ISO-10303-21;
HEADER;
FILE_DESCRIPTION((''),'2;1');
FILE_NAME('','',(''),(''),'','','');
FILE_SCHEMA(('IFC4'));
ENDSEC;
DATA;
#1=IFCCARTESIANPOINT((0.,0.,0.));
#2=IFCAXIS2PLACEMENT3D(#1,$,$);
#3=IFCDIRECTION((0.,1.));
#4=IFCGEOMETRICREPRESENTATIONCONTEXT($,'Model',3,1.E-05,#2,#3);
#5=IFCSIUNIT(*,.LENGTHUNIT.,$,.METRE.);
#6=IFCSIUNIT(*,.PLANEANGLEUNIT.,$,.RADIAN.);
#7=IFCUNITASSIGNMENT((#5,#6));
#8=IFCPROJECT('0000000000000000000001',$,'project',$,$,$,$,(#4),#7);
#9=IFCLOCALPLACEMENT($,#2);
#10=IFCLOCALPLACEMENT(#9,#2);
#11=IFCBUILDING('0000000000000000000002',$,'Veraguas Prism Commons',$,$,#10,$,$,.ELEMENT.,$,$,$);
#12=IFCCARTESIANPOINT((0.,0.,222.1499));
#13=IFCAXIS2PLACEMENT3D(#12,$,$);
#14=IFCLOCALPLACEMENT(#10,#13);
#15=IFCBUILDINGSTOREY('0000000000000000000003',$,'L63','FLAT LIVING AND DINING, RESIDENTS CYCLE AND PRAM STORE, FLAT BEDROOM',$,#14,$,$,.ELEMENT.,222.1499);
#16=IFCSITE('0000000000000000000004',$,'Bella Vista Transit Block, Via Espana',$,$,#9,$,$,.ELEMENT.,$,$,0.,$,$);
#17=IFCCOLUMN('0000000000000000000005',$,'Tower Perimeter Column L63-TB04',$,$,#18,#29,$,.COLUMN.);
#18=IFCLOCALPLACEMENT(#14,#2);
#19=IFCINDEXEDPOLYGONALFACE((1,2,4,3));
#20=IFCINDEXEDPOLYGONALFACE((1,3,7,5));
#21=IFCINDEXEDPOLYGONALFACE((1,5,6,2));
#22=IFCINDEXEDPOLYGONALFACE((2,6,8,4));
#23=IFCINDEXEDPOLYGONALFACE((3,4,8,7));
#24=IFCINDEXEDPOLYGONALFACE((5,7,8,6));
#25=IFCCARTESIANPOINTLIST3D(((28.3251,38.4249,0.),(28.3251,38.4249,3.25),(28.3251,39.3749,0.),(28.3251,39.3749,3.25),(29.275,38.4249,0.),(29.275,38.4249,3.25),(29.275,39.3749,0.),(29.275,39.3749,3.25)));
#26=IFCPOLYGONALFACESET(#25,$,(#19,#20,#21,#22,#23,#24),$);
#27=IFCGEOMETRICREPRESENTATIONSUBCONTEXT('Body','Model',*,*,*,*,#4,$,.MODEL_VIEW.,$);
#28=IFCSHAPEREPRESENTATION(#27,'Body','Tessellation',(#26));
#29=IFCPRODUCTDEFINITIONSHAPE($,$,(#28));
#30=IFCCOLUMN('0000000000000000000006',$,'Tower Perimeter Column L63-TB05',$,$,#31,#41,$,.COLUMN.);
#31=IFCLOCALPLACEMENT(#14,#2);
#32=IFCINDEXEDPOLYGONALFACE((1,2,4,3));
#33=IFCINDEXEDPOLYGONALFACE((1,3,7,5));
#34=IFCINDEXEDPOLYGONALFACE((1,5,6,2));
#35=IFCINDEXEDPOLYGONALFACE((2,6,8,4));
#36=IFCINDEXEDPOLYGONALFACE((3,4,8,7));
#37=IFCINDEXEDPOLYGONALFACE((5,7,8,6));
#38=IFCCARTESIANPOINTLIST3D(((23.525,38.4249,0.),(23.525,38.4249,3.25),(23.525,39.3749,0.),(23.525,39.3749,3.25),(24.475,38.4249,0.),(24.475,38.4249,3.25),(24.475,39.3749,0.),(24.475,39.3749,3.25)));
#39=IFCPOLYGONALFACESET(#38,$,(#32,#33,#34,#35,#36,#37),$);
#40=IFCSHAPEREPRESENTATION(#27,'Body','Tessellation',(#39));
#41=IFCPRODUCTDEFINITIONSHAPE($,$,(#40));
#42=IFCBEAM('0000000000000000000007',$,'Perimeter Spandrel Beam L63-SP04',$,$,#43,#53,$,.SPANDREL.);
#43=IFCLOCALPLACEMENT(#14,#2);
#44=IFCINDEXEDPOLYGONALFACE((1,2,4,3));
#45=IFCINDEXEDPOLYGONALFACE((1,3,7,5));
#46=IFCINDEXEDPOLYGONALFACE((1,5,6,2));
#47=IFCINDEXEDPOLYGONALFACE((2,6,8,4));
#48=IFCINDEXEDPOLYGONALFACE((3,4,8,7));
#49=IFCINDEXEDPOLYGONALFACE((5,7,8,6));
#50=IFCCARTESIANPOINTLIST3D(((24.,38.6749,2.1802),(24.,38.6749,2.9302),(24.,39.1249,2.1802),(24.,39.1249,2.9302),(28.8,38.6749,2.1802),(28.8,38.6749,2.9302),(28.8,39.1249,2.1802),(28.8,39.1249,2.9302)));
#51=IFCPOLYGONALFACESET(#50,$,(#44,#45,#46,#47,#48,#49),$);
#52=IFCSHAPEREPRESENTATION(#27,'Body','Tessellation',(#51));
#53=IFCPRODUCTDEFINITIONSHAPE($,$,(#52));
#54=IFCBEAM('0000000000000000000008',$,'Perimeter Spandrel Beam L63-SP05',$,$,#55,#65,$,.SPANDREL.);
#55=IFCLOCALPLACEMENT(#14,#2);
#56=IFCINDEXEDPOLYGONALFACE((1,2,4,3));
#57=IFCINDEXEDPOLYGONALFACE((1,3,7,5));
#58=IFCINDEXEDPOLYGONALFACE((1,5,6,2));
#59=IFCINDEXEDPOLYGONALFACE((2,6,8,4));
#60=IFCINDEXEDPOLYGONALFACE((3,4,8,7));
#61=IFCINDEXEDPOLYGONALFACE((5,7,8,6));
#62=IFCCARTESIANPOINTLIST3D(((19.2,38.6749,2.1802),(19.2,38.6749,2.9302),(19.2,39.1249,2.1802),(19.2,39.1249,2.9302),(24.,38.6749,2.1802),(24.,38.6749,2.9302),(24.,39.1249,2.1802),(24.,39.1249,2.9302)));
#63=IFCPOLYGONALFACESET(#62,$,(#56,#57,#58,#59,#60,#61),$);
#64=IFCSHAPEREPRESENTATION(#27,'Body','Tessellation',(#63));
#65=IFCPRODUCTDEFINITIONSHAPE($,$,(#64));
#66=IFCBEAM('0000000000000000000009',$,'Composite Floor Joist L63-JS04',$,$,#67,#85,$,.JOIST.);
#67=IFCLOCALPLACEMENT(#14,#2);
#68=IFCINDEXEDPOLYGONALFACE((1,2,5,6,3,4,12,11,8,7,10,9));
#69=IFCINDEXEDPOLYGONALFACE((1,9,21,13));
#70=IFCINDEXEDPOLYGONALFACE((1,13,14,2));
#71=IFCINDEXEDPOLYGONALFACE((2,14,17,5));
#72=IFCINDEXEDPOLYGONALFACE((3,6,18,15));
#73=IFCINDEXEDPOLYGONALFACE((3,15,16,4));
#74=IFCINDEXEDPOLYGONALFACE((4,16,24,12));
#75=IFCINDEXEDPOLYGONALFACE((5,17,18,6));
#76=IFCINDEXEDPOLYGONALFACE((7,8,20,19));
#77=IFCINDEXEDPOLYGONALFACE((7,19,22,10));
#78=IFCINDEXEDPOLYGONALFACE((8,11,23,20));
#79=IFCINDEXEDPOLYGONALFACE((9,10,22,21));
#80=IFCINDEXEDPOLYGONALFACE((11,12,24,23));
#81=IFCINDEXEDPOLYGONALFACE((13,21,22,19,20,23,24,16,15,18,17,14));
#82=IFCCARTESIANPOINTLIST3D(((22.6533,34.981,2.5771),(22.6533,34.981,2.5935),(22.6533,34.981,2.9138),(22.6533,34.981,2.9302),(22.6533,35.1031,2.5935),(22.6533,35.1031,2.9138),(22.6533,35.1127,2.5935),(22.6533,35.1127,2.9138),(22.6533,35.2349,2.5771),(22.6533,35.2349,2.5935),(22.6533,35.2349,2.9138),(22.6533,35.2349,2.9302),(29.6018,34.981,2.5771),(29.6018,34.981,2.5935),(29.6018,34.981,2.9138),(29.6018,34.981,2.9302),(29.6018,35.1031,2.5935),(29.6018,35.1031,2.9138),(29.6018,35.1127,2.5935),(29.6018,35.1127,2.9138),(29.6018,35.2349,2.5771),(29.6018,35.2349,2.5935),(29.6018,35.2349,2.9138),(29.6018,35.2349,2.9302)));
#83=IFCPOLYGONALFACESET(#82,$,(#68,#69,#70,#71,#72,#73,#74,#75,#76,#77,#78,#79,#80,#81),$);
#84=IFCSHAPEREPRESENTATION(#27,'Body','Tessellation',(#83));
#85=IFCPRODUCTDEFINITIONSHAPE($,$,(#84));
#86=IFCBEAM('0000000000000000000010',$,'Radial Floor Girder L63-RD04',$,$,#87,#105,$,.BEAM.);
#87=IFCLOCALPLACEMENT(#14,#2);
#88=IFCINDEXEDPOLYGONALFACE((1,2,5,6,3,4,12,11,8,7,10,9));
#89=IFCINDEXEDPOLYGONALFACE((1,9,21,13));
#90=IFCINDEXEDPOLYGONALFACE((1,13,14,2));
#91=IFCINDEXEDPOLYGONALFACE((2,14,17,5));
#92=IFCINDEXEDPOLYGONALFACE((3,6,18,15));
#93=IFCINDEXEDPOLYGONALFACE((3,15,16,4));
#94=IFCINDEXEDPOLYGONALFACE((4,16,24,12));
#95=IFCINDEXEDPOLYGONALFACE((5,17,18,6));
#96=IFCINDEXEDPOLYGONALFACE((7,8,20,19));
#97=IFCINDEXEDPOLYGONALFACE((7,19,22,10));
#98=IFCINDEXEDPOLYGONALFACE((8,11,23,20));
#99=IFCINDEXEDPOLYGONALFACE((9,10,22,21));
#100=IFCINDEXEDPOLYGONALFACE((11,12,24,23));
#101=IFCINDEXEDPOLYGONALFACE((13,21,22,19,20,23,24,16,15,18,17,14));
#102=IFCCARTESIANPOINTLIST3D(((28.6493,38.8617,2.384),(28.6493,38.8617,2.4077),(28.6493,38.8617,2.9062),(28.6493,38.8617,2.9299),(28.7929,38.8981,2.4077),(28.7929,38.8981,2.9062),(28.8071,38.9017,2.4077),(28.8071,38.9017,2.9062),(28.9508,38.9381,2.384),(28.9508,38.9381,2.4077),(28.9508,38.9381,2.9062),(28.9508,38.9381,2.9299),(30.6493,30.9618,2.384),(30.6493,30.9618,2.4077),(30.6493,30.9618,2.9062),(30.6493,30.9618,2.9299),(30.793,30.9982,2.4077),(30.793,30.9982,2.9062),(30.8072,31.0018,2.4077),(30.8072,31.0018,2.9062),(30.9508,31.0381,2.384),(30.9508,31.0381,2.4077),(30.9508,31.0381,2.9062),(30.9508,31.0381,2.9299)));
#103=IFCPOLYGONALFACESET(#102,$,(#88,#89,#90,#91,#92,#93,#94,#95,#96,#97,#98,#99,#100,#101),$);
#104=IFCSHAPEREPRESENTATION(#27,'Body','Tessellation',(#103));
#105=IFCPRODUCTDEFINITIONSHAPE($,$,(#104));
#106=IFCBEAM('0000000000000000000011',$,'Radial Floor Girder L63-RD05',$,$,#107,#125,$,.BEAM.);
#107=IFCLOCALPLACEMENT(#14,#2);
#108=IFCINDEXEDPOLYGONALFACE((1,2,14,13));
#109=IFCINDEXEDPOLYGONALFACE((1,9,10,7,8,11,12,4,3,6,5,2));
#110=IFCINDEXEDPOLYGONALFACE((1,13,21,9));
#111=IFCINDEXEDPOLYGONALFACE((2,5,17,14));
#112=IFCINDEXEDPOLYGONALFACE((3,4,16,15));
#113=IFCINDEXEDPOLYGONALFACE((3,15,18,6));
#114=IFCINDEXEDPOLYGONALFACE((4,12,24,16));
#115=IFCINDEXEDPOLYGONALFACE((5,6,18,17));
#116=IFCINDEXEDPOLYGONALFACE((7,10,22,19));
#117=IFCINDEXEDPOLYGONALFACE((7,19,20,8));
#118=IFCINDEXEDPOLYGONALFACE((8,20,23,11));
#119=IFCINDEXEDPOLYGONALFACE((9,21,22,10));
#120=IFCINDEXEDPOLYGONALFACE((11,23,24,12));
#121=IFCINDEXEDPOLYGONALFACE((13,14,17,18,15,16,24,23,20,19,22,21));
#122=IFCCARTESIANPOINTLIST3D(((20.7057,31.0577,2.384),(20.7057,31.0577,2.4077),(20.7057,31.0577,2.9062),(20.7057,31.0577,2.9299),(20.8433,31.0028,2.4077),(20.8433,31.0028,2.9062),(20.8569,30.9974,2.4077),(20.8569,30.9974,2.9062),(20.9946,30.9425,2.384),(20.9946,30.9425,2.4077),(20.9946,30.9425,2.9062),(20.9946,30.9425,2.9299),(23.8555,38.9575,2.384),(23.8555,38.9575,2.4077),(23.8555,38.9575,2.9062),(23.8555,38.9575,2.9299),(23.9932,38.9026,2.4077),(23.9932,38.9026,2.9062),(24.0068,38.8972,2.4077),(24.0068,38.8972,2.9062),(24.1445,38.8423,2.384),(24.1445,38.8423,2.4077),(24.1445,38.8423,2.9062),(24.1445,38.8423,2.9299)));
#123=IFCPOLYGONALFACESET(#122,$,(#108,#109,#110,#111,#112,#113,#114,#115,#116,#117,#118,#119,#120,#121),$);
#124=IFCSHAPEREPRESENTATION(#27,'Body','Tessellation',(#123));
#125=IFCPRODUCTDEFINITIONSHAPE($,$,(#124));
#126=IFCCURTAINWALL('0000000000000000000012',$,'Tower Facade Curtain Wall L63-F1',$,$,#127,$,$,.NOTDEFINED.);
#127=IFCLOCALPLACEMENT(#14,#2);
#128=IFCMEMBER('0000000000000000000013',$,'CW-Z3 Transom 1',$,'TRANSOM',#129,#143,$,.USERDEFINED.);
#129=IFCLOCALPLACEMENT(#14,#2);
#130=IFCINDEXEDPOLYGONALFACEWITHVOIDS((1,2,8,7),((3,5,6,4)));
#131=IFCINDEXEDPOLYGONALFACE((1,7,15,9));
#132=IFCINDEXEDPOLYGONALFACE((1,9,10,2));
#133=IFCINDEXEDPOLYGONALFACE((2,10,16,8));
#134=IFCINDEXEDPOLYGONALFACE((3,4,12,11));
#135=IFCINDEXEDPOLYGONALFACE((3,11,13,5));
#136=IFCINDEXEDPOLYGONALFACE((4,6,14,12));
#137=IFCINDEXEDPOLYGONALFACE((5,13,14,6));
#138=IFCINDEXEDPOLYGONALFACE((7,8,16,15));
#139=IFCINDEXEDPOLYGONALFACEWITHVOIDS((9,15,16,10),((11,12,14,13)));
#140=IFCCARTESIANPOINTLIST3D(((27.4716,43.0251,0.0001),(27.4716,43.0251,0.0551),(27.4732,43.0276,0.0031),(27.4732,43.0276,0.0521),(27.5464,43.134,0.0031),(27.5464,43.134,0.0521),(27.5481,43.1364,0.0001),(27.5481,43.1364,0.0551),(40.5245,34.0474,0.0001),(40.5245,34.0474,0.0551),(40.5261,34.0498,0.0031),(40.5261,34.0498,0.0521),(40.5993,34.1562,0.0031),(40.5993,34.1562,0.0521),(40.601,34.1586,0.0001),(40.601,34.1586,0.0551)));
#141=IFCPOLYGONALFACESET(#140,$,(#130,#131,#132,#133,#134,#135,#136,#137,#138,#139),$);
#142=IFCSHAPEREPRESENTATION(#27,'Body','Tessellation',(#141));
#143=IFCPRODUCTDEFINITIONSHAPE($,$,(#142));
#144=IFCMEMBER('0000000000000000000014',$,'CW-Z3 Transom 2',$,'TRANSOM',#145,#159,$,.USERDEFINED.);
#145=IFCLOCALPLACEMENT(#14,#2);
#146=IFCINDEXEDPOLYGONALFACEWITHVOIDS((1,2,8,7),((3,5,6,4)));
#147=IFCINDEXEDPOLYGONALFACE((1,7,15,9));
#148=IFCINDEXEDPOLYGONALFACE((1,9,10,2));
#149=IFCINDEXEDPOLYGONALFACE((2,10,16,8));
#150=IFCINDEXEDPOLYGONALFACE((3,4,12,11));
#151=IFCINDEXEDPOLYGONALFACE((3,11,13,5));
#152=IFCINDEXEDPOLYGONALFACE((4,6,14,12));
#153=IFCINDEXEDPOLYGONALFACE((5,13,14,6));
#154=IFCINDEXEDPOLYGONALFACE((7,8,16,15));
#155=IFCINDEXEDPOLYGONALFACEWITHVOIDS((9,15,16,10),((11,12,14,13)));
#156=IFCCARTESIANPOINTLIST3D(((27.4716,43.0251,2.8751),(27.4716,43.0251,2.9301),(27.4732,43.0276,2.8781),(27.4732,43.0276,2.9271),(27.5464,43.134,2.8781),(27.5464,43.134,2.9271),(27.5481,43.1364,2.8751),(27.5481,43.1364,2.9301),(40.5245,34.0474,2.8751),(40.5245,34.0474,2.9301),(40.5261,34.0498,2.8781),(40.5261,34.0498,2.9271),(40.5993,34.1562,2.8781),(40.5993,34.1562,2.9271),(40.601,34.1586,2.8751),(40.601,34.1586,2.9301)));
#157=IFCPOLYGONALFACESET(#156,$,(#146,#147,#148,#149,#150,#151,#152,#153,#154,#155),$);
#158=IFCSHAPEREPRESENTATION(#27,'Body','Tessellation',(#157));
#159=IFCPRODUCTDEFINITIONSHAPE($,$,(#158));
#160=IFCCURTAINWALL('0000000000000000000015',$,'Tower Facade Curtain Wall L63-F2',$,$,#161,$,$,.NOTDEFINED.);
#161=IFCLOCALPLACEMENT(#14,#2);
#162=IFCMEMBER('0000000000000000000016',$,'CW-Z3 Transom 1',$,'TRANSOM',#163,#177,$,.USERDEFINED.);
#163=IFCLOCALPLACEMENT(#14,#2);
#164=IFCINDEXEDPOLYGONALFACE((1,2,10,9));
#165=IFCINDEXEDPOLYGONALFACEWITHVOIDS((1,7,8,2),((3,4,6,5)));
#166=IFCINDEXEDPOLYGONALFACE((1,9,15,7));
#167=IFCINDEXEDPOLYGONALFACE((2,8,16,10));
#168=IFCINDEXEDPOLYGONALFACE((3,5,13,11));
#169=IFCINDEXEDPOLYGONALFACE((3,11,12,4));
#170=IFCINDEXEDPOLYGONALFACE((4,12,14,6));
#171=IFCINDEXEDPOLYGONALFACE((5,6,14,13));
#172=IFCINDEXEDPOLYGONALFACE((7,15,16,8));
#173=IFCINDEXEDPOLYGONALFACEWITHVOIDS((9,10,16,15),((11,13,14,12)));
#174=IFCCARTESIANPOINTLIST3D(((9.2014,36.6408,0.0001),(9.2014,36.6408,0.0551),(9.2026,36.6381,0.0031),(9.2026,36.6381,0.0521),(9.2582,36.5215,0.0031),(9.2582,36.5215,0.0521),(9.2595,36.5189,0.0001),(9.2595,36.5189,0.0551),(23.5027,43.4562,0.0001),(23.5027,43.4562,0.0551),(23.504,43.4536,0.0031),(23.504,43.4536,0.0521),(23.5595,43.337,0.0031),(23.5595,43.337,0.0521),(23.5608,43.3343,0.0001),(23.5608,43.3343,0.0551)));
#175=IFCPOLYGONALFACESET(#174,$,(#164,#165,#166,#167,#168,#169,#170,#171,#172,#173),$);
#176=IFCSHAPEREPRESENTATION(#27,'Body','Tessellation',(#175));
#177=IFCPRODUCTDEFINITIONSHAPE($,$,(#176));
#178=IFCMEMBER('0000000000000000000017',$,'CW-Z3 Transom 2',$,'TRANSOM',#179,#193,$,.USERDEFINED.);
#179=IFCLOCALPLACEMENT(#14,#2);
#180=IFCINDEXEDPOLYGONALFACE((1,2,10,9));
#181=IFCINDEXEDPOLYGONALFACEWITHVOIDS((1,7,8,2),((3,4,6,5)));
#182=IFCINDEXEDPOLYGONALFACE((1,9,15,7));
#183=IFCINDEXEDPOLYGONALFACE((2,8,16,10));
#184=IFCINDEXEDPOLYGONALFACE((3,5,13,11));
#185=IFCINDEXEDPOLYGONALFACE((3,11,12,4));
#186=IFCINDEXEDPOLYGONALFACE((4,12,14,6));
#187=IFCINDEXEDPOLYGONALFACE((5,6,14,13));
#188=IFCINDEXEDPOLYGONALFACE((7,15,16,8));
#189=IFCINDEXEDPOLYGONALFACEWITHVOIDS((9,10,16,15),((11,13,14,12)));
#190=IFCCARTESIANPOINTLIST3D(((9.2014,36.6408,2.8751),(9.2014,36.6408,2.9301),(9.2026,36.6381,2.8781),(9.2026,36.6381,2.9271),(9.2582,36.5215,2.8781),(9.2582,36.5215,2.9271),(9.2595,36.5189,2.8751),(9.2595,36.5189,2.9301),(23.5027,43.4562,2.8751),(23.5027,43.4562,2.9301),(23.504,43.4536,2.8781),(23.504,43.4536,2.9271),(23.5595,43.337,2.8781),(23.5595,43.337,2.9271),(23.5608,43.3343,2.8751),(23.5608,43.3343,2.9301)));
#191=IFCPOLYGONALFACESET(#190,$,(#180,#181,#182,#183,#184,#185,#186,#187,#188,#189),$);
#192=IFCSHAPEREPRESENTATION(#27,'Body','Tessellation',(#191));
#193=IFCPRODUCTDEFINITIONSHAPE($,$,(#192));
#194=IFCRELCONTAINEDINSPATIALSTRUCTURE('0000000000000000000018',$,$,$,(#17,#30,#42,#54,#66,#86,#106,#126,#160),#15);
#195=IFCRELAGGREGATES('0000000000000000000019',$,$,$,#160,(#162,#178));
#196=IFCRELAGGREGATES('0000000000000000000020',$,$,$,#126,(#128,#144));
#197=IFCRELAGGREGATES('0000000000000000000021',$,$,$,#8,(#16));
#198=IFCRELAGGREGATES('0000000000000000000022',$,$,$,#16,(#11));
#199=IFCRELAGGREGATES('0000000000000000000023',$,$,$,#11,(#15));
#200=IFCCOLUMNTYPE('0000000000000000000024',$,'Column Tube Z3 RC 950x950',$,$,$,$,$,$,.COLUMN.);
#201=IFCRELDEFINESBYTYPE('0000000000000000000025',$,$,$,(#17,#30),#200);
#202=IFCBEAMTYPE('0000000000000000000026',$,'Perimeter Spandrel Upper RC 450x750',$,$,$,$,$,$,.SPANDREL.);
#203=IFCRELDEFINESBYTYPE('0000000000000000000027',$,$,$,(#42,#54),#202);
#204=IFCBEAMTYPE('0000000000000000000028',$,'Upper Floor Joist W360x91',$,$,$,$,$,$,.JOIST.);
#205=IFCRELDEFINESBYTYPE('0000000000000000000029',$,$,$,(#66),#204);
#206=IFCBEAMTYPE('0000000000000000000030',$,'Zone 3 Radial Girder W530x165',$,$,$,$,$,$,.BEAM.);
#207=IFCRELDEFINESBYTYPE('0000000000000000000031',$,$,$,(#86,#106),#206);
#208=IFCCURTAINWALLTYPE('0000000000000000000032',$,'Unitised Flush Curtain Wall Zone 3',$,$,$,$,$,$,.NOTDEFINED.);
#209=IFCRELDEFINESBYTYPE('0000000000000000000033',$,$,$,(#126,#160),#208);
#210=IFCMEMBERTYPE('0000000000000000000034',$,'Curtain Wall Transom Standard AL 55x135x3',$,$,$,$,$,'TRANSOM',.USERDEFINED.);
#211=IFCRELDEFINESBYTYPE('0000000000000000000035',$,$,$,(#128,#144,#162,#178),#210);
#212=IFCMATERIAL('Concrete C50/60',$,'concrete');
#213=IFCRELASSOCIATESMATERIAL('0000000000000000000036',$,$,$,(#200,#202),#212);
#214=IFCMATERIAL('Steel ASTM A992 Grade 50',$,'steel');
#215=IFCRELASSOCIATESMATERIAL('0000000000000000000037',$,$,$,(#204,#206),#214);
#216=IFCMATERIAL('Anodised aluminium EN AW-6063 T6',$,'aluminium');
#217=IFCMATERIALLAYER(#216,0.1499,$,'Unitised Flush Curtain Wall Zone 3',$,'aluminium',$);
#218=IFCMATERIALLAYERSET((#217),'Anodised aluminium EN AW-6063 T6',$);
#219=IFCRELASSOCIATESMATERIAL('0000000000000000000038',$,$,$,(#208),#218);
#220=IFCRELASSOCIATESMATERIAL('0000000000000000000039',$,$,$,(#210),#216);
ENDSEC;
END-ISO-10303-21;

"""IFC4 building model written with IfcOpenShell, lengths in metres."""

from ifc_helpers import new_model, si_unit, direction, frame, origin, origin_2d, place, context, subcontext, project, spatial, rectangle, hollow_rectangle, i_section, extrude, source, transform, mapped, material, layer, layer_set, material_profile, profile_set, type_object, element, aggregate, save


model = new_model("IFC4")

# Units and contexts
model_context = context("Model", 3, precision=1e-05, world=origin(), true_north=direction((0.0, 1.0)))
body_context = subcontext(model_context, "Body", "Model", "MODEL_VIEW")
ifc_project = project(units=[si_unit("LENGTHUNIT", "METRE"), si_unit("PLANEANGLEUNIT", "RADIAN")], contexts=[model_context])

# Site, building, storey
site_placement = place(None, origin())
site = spatial("IfcSite", under=ifc_project, at=site_placement, Name="Bella Vista Transit Block, Via Espana", CompositionType="ELEMENT", RefElevation=0.0)
building_placement = place(site_placement, origin())
building = spatial("IfcBuilding", under=site, at=building_placement, Name="Veraguas Prism Commons", CompositionType="ELEMENT")
storey_placement = place(building_placement, frame((0.0, 0.0, 222.1499)))
storey = spatial("IfcBuildingStorey", under=building, at=storey_placement, Name="L63", Description="FLAT LIVING AND DINING, RESIDENTS CYCLE AND PRAM STORE, FLAT BEDROOM", CompositionType="ELEMENT", Elevation=222.1499)

# Columns
ifc_material_1 = material(Name="Concrete C50/60", Category="concrete")
ifc_material_profile_1 = material_profile(ifc_material_1, rectangle(XDim=0.95, YDim=0.95, at=origin_2d()), Name="RC950X950")
ifc_profile_set_1 = profile_set([ifc_material_profile_1], Name="Concrete C50/60")
column_type = type_object("IfcColumnType", Name="Column Tube Z3 RC 950x950", PredefinedType="COLUMN", material=ifc_profile_set_1)
for number, where, z_axis, x_axis, name in (
    (1, (28.8, 38.8999, 0.0), (0.0, 0.0, 1.0), (1.0, 0.0, 0.0), "Tower Perimeter Column L63-TB04"),
    (2, (24.0, 38.8999, 0.0), (0.0, 0.0, 1.0), (1.0, 0.0, 0.0), "Tower Perimeter Column L63-TB05"),
):
    element("IfcColumn", number, at=place(storey_placement, frame(where, z_axis=z_axis, x_axis=x_axis)), inside=storey, type_object=column_type, Name=name, PredefinedType="COLUMN", context=body_context, shape_type="SweptSolid", body=[
        extrude(rectangle(XDim=0.95, YDim=0.95, at=origin_2d()), origin(), (0.0, 0.0, 1.0), 3.25),
    ])

# Beams
ifc_material_profile_2 = material_profile(ifc_material_1, rectangle(XDim=0.45, YDim=0.75, at=origin_2d()), Name="RC450X750")
ifc_profile_set_2 = profile_set([ifc_material_profile_2], Name="Concrete C50/60")
beam_type_1 = type_object("IfcBeamType", Name="Perimeter Spandrel Upper RC 450x750", PredefinedType="SPANDREL", material=ifc_profile_set_2)
for number, where, z_axis, x_axis, name in (
    (3, (28.8, 38.8999, 2.5552), (-1.0, 0.0, 0.0), (0.0, -1.0, 0.0), "Perimeter Spandrel Beam L63-SP04"),
    (4, (24.0, 38.8999, 2.5552), (-1.0, 0.0, 0.0), (0.0, -1.0, 0.0), "Perimeter Spandrel Beam L63-SP05"),
):
    element("IfcBeam", number, at=place(storey_placement, frame(where, z_axis=z_axis, x_axis=x_axis)), inside=storey, type_object=beam_type_1, Name=name, PredefinedType="SPANDREL", context=body_context, shape_type="SweptSolid", body=[
        extrude(rectangle(XDim=0.45, YDim=0.75, at=origin_2d()), origin(), (0.0, 0.0, 1.0), 4.8),
    ])
ifc_material_2 = material(Name="Steel ASTM A992 Grade 50", Category="steel")
ifc_material_profile_3 = material_profile(ifc_material_2, i_section(OverallWidth=0.2539, OverallDepth=0.353, WebThickness=0.0095, FlangeThickness=0.0164, at=origin_2d()), Name="W360X91")
ifc_profile_set_3 = profile_set([ifc_material_profile_3], Name="Steel ASTM A992 Grade 50")
beam_type_2 = type_object("IfcBeamType", Name="Upper Floor Joist W360x91", PredefinedType="JOIST", material=ifc_profile_set_3)
beam_1_placement = place(storey_placement, frame((29.6018, 35.1079, 2.7537), z_axis=(-1.0, 0.0, 0.0), x_axis=(0.0, -1.0, 0.0)))
element("IfcBeam", 5, at=beam_1_placement, inside=storey, type_object=beam_type_2, Name="Composite Floor Joist L63-JS04", PredefinedType="JOIST", context=body_context, shape_type="SweptSolid", body=[
    extrude(i_section(OverallWidth=0.2539, OverallDepth=0.353, WebThickness=0.0095, FlangeThickness=0.0164, at=origin_2d()), origin(), (0.0, 0.0, 1.0), 6.9485),
])
ifc_material_profile_4 = material_profile(ifc_material_2, i_section(OverallWidth=0.311, OverallDepth=0.5459, WebThickness=0.0146, FlangeThickness=0.0237, at=origin_2d()), Name="W530X165")
ifc_profile_set_4 = profile_set([ifc_material_profile_4], Name="Steel ASTM A992 Grade 50")
beam_type_3 = type_object("IfcBeamType", Name="Zone 3 Radial Girder W530x165", PredefinedType="BEAM", material=ifc_profile_set_4)
beam_2_placement = place(storey_placement, frame((28.8, 38.8999, 2.657), z_axis=(0.245425, -0.969416, 0.0), x_axis=(0.969416, 0.245425, 0.0)))
element("IfcBeam", 6, at=beam_2_placement, inside=storey, type_object=beam_type_3, Name="Radial Floor Girder L63-RD04", PredefinedType="BEAM", context=body_context, shape_type="SweptSolid", body=[
    extrude(i_section(OverallWidth=0.311, OverallDepth=0.5459, WebThickness=0.0146, FlangeThickness=0.0237, at=origin_2d()), origin(), (0.0, 0.0, 1.0), 8.1492),
])
beam_3_placement = place(storey_placement, frame((24.0, 38.8999, 2.657), z_axis=(-0.370371, -0.928884, 0.0), x_axis=(0.928884, -0.370371, 0.0)))
element("IfcBeam", 7, at=beam_3_placement, inside=storey, type_object=beam_type_3, Name="Radial Floor Girder L63-RD05", PredefinedType="BEAM", context=body_context, shape_type="SweptSolid", body=[
    extrude(i_section(OverallWidth=0.311, OverallDepth=0.5459, WebThickness=0.0146, FlangeThickness=0.0237, at=origin_2d()), origin(), (0.0, 0.0, 1.0), 8.5046),
])

# Curtain walls, members
ifc_material_3 = material(Name="Anodised aluminium EN AW-6063 T6", Category="aluminium")
ifc_layer_1 = layer(ifc_material_3, 0.1499, Name="Unitised Flush Curtain Wall Zone 3", Category="aluminium")
ifc_layer_set_1 = layer_set([ifc_layer_1], Name="Anodised aluminium EN AW-6063 T6")
curtain_wall_type = type_object("IfcCurtainWallType", Name="Unitised Flush Curtain Wall Zone 3", PredefinedType="NOTDEFINED", material=ifc_layer_set_1)
curtain_wall_1_placement = place(storey_placement, origin())
curtain_wall_1 = element("IfcCurtainWall", 8, at=curtain_wall_1_placement, inside=storey, type_object=curtain_wall_type, Name="Tower Facade Curtain Wall L63-F1", PredefinedType="NOTDEFINED")
ifc_material_profile_5 = material_profile(ifc_material_3, hollow_rectangle(XDim=0.0549, YDim=0.135, WallThickness=0.0029, at=origin_2d()), Name="AL55X135X3")
ifc_profile_set_5 = profile_set([ifc_material_profile_5], Name="Anodised aluminium EN AW-6063 T6")
member_type_1 = type_object("IfcMemberType", Name="Curtain Wall Transom Standard AL 55x135x3", ElementType="TRANSOM", PredefinedType="USERDEFINED", material=ifc_profile_set_5)
shared_shape_1 = source(origin(), body_context, "Body", "SweptSolid", [
    extrude(hollow_rectangle(XDim=0.0549, YDim=0.135, WallThickness=0.0029, at=origin_2d()), origin(), (0.0, 0.0, 1.0), 15.8423),
])
member_1_placement = place(storey_placement, frame((40.5627, 34.103, 0.0276), z_axis=(-0.823928, 0.566694, 0.0), x_axis=(0.0, 0.0, 1.0)))
member_1 = element("IfcMember", 9, at=member_1_placement, type_object=member_type_1, Name="CW-Z3 Transom 1", ObjectType="TRANSOM", PredefinedType="USERDEFINED", context=body_context, shape_type="MappedRepresentation", body=[
    mapped(shared_shape_1, transform((0.0, 0.0, 0.0), scale=1.0)),
])
member_2_placement = place(storey_placement, frame((40.5627, 34.103, 2.9026), z_axis=(-0.823928, 0.566694, 0.0), x_axis=(0.0, 0.0, 1.0)))
member_2 = element("IfcMember", 10, at=member_2_placement, type_object=member_type_1, Name="CW-Z3 Transom 2", ObjectType="TRANSOM", PredefinedType="USERDEFINED", context=body_context, shape_type="MappedRepresentation", body=[
    mapped(shared_shape_1, transform((0.0, 0.0, 0.0), scale=1.0)),
])
curtain_wall_2_placement = place(storey_placement, origin())
curtain_wall_2 = element("IfcCurtainWall", 11, at=curtain_wall_2_placement, inside=storey, type_object=curtain_wall_type, Name="Tower Facade Curtain Wall L63-F2", PredefinedType="NOTDEFINED")
member_3_placement = place(storey_placement, frame((23.5317, 43.3953, 0.0276), z_axis=(-0.902731, -0.430206, 0.0), x_axis=(0.0, 0.0, 1.0)))
member_3 = element("IfcMember", 12, at=member_3_placement, type_object=member_type_1, Name="CW-Z3 Transom 1", ObjectType="TRANSOM", PredefinedType="USERDEFINED", context=body_context, shape_type="MappedRepresentation", body=[
    mapped(shared_shape_1, transform((0.0, 0.0, 0.0), scale=1.0)),
])
member_4_placement = place(storey_placement, frame((23.5317, 43.3953, 2.9026), z_axis=(-0.902731, -0.430206, 0.0), x_axis=(0.0, 0.0, 1.0)))
member_4 = element("IfcMember", 13, at=member_4_placement, type_object=member_type_1, Name="CW-Z3 Transom 2", ObjectType="TRANSOM", PredefinedType="USERDEFINED", context=body_context, shape_type="MappedRepresentation", body=[
    mapped(shared_shape_1, transform((0.0, 0.0, 0.0), scale=1.0)),
])

aggregate(curtain_wall_2, [member_3, member_4])

aggregate(curtain_wall_1, [member_1, member_2])

save(model, "model.ifc")
